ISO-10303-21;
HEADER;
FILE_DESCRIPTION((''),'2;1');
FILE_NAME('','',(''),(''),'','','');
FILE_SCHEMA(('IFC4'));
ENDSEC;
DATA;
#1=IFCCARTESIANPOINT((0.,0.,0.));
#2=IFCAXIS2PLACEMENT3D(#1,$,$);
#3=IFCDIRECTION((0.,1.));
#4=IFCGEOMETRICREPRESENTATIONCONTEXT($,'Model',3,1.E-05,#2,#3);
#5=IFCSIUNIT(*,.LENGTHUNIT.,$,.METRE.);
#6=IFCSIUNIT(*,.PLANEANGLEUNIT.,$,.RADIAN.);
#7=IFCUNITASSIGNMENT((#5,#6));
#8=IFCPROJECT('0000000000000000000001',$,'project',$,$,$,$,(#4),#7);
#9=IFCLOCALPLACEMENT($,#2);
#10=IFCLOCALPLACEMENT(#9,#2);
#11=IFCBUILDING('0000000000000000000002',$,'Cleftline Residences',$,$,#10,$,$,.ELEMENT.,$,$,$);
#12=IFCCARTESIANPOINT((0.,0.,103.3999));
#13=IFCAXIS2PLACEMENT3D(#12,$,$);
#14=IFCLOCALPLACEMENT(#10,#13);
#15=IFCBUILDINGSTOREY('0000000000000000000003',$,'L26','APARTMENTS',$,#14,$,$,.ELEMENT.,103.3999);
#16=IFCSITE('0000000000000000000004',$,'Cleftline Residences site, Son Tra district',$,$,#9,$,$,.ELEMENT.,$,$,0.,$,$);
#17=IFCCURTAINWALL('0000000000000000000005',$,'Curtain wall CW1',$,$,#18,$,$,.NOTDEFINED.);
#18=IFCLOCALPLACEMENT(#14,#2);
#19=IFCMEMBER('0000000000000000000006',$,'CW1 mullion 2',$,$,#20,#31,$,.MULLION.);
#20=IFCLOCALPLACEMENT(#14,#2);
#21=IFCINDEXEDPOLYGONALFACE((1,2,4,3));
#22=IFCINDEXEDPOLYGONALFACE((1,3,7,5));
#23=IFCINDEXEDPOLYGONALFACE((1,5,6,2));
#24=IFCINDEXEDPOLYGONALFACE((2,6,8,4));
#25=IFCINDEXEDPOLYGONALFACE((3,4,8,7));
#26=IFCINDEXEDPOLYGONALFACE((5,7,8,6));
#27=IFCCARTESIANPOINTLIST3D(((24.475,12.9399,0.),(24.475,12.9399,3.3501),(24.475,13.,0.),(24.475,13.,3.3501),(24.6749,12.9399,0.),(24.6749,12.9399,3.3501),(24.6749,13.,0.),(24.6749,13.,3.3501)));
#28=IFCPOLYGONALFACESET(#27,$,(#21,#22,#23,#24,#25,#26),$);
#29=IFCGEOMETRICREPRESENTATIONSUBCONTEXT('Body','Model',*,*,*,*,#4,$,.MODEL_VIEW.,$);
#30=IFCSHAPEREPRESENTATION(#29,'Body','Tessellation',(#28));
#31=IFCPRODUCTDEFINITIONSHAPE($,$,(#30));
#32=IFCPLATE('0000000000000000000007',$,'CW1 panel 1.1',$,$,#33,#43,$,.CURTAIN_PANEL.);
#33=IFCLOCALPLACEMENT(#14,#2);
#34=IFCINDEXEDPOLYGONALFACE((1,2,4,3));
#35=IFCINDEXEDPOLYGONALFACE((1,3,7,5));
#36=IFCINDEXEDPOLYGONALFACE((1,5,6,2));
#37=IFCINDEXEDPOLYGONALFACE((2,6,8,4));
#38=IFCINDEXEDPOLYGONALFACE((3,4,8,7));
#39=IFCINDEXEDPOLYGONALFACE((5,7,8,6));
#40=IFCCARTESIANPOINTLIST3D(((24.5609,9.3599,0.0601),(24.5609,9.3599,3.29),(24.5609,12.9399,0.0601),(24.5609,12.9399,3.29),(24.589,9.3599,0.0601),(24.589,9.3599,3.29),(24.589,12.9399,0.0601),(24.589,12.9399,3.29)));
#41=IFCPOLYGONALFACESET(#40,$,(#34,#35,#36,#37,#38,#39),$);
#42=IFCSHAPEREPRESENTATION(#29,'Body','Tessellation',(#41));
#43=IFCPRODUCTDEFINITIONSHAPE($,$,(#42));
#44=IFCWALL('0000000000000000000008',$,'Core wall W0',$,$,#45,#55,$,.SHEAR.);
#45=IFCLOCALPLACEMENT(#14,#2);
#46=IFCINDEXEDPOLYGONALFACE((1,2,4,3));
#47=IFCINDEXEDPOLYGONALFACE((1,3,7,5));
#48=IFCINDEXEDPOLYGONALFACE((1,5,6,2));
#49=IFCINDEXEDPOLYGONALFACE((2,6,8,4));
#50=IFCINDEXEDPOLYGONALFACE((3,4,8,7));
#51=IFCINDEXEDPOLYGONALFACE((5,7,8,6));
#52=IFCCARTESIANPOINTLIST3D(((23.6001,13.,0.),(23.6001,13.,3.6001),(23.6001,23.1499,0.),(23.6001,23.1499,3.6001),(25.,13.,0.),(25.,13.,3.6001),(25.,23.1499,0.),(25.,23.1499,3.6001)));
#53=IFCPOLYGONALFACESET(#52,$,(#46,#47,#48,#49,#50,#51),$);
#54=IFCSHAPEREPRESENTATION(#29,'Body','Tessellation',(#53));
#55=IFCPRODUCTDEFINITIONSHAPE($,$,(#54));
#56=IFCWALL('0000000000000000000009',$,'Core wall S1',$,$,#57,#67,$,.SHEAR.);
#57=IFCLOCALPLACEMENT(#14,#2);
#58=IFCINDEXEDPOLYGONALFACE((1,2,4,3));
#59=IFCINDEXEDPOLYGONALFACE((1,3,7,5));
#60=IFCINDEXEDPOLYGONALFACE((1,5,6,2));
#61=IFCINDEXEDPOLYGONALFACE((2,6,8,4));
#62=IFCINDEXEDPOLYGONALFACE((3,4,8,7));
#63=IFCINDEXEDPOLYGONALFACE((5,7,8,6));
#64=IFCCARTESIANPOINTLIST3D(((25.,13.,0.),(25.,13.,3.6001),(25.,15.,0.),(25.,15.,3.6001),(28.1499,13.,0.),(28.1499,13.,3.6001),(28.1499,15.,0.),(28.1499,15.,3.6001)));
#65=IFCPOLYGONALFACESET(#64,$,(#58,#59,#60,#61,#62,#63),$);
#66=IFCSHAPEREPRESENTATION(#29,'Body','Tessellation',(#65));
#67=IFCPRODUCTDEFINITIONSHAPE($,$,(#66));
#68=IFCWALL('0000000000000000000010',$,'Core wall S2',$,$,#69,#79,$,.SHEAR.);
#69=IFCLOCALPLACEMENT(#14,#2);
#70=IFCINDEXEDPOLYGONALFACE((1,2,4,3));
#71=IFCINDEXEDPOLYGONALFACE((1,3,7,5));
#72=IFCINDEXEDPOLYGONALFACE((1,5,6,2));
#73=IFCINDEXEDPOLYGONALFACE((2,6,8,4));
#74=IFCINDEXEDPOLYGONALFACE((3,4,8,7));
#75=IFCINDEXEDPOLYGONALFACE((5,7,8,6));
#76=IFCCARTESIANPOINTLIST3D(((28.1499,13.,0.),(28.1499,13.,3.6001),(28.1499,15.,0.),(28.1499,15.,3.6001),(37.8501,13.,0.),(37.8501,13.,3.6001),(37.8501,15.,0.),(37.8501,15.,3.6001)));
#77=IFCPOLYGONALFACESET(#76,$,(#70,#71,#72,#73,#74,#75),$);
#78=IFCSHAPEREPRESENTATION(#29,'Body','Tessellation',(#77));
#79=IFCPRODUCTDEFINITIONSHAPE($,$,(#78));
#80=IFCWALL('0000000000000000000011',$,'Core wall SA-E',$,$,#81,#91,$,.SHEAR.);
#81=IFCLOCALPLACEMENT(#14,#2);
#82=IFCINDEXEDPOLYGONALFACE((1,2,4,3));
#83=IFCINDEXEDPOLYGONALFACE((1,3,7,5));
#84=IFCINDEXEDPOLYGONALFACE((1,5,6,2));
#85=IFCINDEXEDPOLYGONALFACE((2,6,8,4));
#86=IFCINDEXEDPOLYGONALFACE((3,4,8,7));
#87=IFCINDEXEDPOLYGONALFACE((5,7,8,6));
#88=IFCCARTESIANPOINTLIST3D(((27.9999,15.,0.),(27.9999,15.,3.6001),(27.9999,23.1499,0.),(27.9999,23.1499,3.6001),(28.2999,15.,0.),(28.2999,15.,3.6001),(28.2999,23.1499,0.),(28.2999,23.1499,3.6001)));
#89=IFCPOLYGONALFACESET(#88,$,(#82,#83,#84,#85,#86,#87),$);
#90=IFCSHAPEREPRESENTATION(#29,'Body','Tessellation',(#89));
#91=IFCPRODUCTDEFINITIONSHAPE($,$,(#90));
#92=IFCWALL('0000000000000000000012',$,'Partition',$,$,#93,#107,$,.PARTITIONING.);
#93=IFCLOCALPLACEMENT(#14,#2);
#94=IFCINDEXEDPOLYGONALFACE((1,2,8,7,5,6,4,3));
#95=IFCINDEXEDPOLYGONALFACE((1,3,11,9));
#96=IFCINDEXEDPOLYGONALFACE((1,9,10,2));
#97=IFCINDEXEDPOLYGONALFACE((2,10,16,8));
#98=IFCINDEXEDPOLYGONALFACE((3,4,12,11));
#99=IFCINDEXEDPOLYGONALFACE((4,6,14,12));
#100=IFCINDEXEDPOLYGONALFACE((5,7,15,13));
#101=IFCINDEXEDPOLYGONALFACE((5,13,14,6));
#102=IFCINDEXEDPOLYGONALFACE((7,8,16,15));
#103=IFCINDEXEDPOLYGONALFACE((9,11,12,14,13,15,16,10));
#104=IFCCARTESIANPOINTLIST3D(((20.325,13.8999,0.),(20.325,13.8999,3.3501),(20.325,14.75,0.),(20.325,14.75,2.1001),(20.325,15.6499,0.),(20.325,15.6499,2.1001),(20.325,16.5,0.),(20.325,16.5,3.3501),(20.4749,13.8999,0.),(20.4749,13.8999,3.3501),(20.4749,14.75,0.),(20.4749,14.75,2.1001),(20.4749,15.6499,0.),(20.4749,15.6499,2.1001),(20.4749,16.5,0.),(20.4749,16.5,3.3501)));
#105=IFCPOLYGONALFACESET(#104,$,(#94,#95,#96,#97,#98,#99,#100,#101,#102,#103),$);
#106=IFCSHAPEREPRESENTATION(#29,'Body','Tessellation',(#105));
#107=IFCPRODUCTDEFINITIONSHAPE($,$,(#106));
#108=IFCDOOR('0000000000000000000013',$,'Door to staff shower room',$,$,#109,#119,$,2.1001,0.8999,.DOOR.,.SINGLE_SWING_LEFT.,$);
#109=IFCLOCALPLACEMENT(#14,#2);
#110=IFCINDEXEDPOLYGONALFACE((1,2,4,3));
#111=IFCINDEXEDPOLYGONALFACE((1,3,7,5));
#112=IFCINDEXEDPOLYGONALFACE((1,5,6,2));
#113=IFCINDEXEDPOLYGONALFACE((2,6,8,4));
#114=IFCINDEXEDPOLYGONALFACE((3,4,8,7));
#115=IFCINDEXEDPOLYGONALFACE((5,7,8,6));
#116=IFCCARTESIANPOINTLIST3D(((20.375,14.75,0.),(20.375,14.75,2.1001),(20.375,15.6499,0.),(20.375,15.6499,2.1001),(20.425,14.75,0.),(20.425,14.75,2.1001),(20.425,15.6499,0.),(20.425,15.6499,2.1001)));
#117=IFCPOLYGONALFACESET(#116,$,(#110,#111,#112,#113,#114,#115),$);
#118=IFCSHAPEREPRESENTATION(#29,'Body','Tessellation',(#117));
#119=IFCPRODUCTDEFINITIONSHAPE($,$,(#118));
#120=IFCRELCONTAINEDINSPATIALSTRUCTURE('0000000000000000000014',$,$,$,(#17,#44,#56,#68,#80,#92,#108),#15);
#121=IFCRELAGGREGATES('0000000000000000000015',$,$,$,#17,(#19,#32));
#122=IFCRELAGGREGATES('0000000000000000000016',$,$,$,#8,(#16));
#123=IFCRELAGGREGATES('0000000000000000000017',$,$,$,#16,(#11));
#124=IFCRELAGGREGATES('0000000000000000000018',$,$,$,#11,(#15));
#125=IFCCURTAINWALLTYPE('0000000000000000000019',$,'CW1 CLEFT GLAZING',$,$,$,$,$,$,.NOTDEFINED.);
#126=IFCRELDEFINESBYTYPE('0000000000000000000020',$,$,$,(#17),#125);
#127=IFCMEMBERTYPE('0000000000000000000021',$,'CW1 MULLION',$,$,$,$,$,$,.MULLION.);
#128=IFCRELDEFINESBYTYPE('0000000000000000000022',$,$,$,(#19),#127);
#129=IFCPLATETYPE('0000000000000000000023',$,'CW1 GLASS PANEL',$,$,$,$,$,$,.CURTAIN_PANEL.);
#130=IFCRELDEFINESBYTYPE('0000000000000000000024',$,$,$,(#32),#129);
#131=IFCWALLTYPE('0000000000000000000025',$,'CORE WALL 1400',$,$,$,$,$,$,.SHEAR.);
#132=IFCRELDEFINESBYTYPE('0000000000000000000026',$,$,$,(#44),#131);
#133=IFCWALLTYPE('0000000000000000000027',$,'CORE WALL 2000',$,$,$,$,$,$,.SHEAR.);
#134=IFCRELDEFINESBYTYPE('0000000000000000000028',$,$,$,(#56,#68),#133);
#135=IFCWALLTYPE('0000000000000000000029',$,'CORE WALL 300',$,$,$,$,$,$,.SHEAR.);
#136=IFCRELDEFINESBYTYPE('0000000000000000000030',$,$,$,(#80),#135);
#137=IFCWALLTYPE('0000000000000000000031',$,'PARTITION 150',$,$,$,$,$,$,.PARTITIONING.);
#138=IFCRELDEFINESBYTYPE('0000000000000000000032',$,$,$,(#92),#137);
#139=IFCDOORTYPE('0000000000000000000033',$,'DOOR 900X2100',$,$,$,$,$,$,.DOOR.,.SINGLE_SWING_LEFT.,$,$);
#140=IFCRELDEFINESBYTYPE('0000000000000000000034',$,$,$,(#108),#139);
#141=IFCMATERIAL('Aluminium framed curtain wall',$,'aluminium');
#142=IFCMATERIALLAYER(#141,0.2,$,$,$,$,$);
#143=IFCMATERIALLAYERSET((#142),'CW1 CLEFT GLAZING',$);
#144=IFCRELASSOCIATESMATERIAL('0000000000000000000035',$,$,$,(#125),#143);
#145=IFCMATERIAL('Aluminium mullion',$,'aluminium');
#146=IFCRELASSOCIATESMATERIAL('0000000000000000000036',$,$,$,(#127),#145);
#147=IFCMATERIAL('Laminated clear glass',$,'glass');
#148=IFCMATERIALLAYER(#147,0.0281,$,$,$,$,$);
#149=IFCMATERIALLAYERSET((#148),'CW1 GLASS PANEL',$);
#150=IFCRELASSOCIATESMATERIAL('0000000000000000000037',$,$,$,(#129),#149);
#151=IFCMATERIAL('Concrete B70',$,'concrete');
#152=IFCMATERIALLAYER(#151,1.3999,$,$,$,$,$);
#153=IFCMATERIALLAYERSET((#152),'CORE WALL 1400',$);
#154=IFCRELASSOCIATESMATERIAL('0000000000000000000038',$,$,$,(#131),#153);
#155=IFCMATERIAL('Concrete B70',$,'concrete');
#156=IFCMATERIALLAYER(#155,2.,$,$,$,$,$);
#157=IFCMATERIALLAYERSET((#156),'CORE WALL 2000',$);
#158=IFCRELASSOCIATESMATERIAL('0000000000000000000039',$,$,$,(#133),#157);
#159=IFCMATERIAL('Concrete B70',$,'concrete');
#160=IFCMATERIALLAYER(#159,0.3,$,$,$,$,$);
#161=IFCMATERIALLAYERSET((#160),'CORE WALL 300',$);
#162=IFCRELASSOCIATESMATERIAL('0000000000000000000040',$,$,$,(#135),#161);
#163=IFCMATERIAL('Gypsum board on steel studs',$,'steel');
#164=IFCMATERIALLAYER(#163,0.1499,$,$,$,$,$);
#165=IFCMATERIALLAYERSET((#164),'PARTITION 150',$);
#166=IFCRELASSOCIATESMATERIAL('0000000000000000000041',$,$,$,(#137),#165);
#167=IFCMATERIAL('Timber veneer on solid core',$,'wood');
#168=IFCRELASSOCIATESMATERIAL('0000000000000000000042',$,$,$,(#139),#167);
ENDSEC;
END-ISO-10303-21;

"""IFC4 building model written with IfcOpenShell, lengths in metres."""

from ifc_helpers import new_model, si_unit, direction, frame, frame_2d, origin, origin_2d, place, context, subcontext, project, spatial, rectangle, extrude, material, layer, layer_set, material_profile, profile_set, type_object, element, fill, aggregate, save


model = new_model("IFC4")

# Units and contexts
model_context = context("Model", 3, precision=1e-05, world=origin(), true_north=direction((0.0, 1.0)))
body_context = subcontext(model_context, "Body", "Model", "MODEL_VIEW")
ifc_project = project(units=[si_unit("LENGTHUNIT", "METRE"), si_unit("PLANEANGLEUNIT", "RADIAN")], contexts=[model_context])

# Site, building, storey
site_placement = place(None, origin())
site = spatial("IfcSite", under=ifc_project, at=site_placement, Name="Cleftline Residences site, Son Tra district", CompositionType="ELEMENT", RefElevation=0.0)
building_placement = place(site_placement, origin())
building = spatial("IfcBuilding", under=site, at=building_placement, Name="Cleftline Residences", CompositionType="ELEMENT")
storey_placement = place(building_placement, frame((0.0, 0.0, 103.3999)))
storey = spatial("IfcBuildingStorey", under=building, at=storey_placement, Name="L26", Description="APARTMENTS", CompositionType="ELEMENT", Elevation=103.3999)

# Curtain wall, member, plate
ifc_material_1 = material(Name="Aluminium framed curtain wall", Category="aluminium")
ifc_layer_1 = layer(ifc_material_1, 0.2)
ifc_layer_set_1 = layer_set([ifc_layer_1], Name="CW1 CLEFT GLAZING")
curtain_wall_type = type_object("IfcCurtainWallType", Name="CW1 CLEFT GLAZING", PredefinedType="NOTDEFINED", material=ifc_layer_set_1)
curtain_wall_placement = place(storey_placement, origin())
curtain_wall = element("IfcCurtainWall", 1, at=curtain_wall_placement, inside=storey, type_object=curtain_wall_type, Name="Curtain wall CW1", PredefinedType="NOTDEFINED")
ifc_material_2 = material(Name="Aluminium mullion", Category="aluminium")
ifc_material_profile = material_profile(ifc_material_2, rectangle(XDim=0.2, YDim=0.0601, at=origin_2d()))
ifc_profile_set = profile_set([ifc_material_profile], Name="Aluminium mullion")
member_type = type_object("IfcMemberType", Name="CW1 MULLION", PredefinedType="MULLION", material=ifc_profile_set)
member_placement = place(storey_placement, frame((24.575, 12.97, 0.0), z_axis=(0.0, 0.0, 1.0), x_axis=(-1.0, 0.0, 0.0)))
member = element("IfcMember", 2, at=member_placement, type_object=member_type, Name="CW1 mullion 2", PredefinedType="MULLION", context=body_context, shape_type="SweptSolid", body=[
    extrude(rectangle(XDim=0.2, YDim=0.0601, at=origin_2d()), origin(), (0.0, 0.0, 1.0), 3.3501),
])
ifc_material_3 = material(Name="Laminated clear glass", Category="glass")
ifc_layer_2 = layer(ifc_material_3, 0.0281)
ifc_layer_set_2 = layer_set([ifc_layer_2], Name="CW1 GLASS PANEL")
plate_type = type_object("IfcPlateType", Name="CW1 GLASS PANEL", PredefinedType="CURTAIN_PANEL", material=ifc_layer_set_2)
plate_placement = place(storey_placement, frame((24.575, 11.1499, 0.0601), z_axis=(0.0, 0.0, 1.0), x_axis=(0.0, 1.0, 0.0)))
plate = element("IfcPlate", 3, at=plate_placement, type_object=plate_type, Name="CW1 panel 1.1", PredefinedType="CURTAIN_PANEL", context=body_context, shape_type="SweptSolid", body=[
    extrude(rectangle(XDim=3.5801, YDim=0.0281, at=origin_2d()), origin(), (0.0, 0.0, 1.0), 3.23),
])
aggregate(curtain_wall, [member, plate])

# Wall
ifc_material_4 = material(Name="Concrete B70", Category="concrete")
ifc_layer_3 = layer(ifc_material_4, 1.3999)
ifc_layer_set_3 = layer_set([ifc_layer_3], Name="CORE WALL 1400")
wall_type_1 = type_object("IfcWallType", Name="CORE WALL 1400", PredefinedType="SHEAR", material=ifc_layer_set_3)
wall_1_placement = place(storey_placement, frame((24.3, 13.0, 0.0), z_axis=(0.0, 0.0, 1.0), x_axis=(0.0, 1.0, 0.0)))
element("IfcWall", 4, at=wall_1_placement, inside=storey, type_object=wall_type_1, Name="Core wall W0", PredefinedType="SHEAR", context=body_context, shape_type="SweptSolid", body=[
    extrude(rectangle(XDim=10.1499, YDim=1.3999, at=frame_2d((5.075, 0.0))), origin(), (0.0, 0.0, 1.0), 3.6001),
])

# Walls
ifc_material_5 = material(Name="Concrete B70", Category="concrete")
ifc_layer_4 = layer(ifc_material_5, 2.0)
ifc_layer_set_4 = layer_set([ifc_layer_4], Name="CORE WALL 2000")
wall_type_2 = type_object("IfcWallType", Name="CORE WALL 2000", PredefinedType="SHEAR", material=ifc_layer_set_4)
wall_2_placement = place(storey_placement, frame((25.0, 14.0, 0.0), z_axis=(0.0, 0.0, 1.0), x_axis=(1.0, 0.0, 0.0)))
element("IfcWall", 5, at=wall_2_placement, inside=storey, type_object=wall_type_2, Name="Core wall S1", PredefinedType="SHEAR", context=body_context, shape_type="SweptSolid", body=[
    extrude(rectangle(XDim=3.1499, YDim=2.0, at=frame_2d((1.575, 0.0))), origin(), (0.0, 0.0, 1.0), 3.6001),
])
wall_3_placement = place(storey_placement, frame((28.1499, 14.0, 0.0), z_axis=(0.0, 0.0, 1.0), x_axis=(1.0, 0.0, 0.0)))
element("IfcWall", 6, at=wall_3_placement, inside=storey, type_object=wall_type_2, Name="Core wall S2", PredefinedType="SHEAR", context=body_context, shape_type="SweptSolid", body=[
    extrude(rectangle(XDim=9.7002, YDim=2.0, at=frame_2d((4.8501, 0.0))), origin(), (0.0, 0.0, 1.0), 3.6001),
])
ifc_material_6 = material(Name="Concrete B70", Category="concrete")
ifc_layer_5 = layer(ifc_material_6, 0.3)
ifc_layer_set_5 = layer_set([ifc_layer_5], Name="CORE WALL 300")
wall_type_3 = type_object("IfcWallType", Name="CORE WALL 300", PredefinedType="SHEAR", material=ifc_layer_set_5)
wall_4_placement = place(storey_placement, frame((28.1499, 15.0, 0.0), z_axis=(0.0, 0.0, 1.0), x_axis=(0.0, 1.0, 0.0)))
element("IfcWall", 7, at=wall_4_placement, inside=storey, type_object=wall_type_3, Name="Core wall SA-E", PredefinedType="SHEAR", context=body_context, shape_type="SweptSolid", body=[
    extrude(rectangle(XDim=8.1499, YDim=0.3, at=frame_2d((4.075, 0.0))), origin(), (0.0, 0.0, 1.0), 3.6001),
])

# Wall, opening, door
ifc_material_7 = material(Name="Gypsum board on steel studs", Category="steel")
ifc_layer_6 = layer(ifc_material_7, 0.1499)
ifc_layer_set_6 = layer_set([ifc_layer_6], Name="PARTITION 150")
wall_type_4 = type_object("IfcWallType", Name="PARTITION 150", PredefinedType="PARTITIONING", material=ifc_layer_set_6)
wall_5_placement = place(storey_placement, frame((20.3999, 13.8999, 0.0), z_axis=(0.0, 0.0, 1.0), x_axis=(0.0, 1.0, 0.0)))
wall_5 = element("IfcWall", 8, at=wall_5_placement, inside=storey, type_object=wall_type_4, Name="Partition", PredefinedType="PARTITIONING", context=body_context, shape_type="SweptSolid", body=[
    extrude(rectangle(XDim=2.6001, YDim=0.1499, at=frame_2d((1.3, 0.0))), origin(), (0.0, 0.0, 1.0), 3.3501),
])
opening_1_placement = place(wall_5_placement, frame((0.8501, 0.0, 0.0)))
opening_1 = element("IfcOpeningElement", 9, at=opening_1_placement, cuts=wall_5, PredefinedType="OPENING", context=body_context, shape_type="SweptSolid", body=[
    extrude(rectangle(XDim=0.8999, YDim=2.1001, at=frame_2d((0.45, 1.05))), frame((0.0, 0.085, 0.0), z_axis=(0.0, -1.0, 0.0), x_axis=(1.0, 0.0, 0.0)), (0.0, 0.0, 1.0), 0.1699),
])
ifc_material_8 = material(Name="Timber veneer on solid core", Category="wood")
door_type_1 = type_object("IfcDoorType", Name="DOOR 900X2100", OperationType="SINGLE_SWING_LEFT", PredefinedType="DOOR", material=ifc_material_8)
door_1_placement = place(opening_1_placement, origin())
door_1 = element("IfcDoor", 10, at=door_1_placement, inside=storey, type_object=door_type_1, Name="Door to staff shower room", OperationType="SINGLE_SWING_LEFT", OverallHeight=2.1001, OverallWidth=0.8999, PredefinedType="DOOR", context=body_context, shape_type="SweptSolid", body=[
    extrude(rectangle(XDim=0.8999, YDim=2.1001, at=frame_2d((0.45, 1.05))), frame((0.0, 0.0249, 0.0), z_axis=(0.0, -1.0, 0.0), x_axis=(1.0, 0.0, 0.0)), (0.0, 0.0, 1.0), 0.05),
])
fill(opening_1, door_1)

save(model, "model.ifc")
